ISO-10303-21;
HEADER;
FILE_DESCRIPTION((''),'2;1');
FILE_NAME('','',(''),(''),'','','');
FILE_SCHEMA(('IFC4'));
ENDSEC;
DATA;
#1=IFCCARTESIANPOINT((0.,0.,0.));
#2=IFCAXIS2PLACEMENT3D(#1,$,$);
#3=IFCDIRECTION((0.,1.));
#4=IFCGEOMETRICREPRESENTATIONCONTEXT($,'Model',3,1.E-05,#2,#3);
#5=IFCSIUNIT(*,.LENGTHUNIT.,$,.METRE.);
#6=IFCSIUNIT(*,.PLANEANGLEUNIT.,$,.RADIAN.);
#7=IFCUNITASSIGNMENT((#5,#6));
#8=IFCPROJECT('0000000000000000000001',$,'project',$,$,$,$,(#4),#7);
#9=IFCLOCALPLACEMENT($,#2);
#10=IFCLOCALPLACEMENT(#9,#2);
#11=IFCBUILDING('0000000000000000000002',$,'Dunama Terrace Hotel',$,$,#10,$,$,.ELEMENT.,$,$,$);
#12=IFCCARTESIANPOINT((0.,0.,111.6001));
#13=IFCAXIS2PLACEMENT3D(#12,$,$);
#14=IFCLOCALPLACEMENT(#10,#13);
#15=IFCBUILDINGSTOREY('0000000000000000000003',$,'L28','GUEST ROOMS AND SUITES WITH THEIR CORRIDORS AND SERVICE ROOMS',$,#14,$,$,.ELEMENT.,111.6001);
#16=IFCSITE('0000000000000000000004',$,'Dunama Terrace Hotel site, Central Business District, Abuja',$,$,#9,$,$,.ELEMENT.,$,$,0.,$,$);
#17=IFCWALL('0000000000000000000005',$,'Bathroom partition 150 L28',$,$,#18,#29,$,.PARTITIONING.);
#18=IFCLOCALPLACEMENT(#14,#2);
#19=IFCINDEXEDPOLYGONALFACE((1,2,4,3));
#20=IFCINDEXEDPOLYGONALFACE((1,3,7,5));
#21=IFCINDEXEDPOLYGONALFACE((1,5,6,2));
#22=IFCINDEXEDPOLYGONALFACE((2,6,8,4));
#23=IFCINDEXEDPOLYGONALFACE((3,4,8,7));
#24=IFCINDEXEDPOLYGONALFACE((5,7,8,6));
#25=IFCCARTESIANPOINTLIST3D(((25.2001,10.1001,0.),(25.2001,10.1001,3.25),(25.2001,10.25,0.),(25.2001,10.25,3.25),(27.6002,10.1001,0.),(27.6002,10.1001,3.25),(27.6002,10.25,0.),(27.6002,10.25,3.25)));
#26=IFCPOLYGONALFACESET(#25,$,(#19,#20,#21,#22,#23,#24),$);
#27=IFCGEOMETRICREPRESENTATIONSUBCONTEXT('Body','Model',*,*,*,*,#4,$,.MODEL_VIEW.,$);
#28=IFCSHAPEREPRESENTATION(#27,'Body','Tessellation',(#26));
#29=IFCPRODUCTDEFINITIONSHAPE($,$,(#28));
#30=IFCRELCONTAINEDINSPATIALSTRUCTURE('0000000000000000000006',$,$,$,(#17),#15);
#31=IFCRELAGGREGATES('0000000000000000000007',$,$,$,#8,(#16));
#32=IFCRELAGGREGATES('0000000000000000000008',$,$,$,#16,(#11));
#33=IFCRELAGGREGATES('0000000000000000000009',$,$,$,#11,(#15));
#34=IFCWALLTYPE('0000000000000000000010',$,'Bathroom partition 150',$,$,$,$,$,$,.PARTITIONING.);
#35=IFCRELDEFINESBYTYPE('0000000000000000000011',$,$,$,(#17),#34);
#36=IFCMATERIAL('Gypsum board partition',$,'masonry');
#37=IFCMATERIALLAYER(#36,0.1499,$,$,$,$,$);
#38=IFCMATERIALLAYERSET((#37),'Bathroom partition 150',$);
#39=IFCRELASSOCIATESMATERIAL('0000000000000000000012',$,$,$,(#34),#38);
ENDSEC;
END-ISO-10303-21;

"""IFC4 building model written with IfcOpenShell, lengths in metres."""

from ifc_helpers import new_model, si_unit, direction, frame, frame_2d, origin, place, context, subcontext, project, spatial, rectangle, extrude, material, layer, layer_set, type_object, element, save


model = new_model("IFC4")

# Units and contexts
model_context = context("Model", 3, precision=1e-05, world=origin(), true_north=direction((0.0, 1.0)))
body_context = subcontext(model_context, "Body", "Model", "MODEL_VIEW")
ifc_project = project(units=[si_unit("LENGTHUNIT", "METRE"), si_unit("PLANEANGLEUNIT", "RADIAN")], contexts=[model_context])

# Site, building, storey
site_placement = place(None, origin())
site = spatial("IfcSite", under=ifc_project, at=site_placement, Name="Dunama Terrace Hotel site, Central Business District, Abuja", CompositionType="ELEMENT", RefElevation=0.0)
building_placement = place(site_placement, origin())
building = spatial("IfcBuilding", under=site, at=building_placement, Name="Dunama Terrace Hotel", CompositionType="ELEMENT")
storey_placement = place(building_placement, frame((0.0, 0.0, 111.6001)))
storey = spatial("IfcBuildingStorey", under=building, at=storey_placement, Name="L28", Description="GUEST ROOMS AND SUITES WITH THEIR CORRIDORS AND SERVICE ROOMS", CompositionType="ELEMENT", Elevation=111.6001)

# Shared definitions
ifc_material_1 = material(Name="Gypsum board partition", Category="masonry")
ifc_layer = layer(ifc_material_1, 0.1499)
ifc_layer_set = layer_set([ifc_layer], Name="Bathroom partition 150")
wall_type = type_object("IfcWallType", Name="Bathroom partition 150", PredefinedType="PARTITIONING", material=ifc_layer_set)

# Wall
wall_1_placement = place(storey_placement, frame((25.2, 10.175, 0.0), z_axis=(0.0, 0.0, 1.0), x_axis=(1.0, 0.0, 0.0)))
element("IfcWall", 1, at=wall_1_placement, inside=storey, type_object=wall_type, Name="Bathroom partition 150 L28", PredefinedType="PARTITIONING", context=body_context, shape_type="SweptSolid", body=[
    extrude(rectangle(XDim=2.4001, YDim=0.1499, at=frame_2d((1.2002, 0.0))), origin(), (0.0, 0.0, 1.0), 3.25),
])

save(model, "model.ifc")
